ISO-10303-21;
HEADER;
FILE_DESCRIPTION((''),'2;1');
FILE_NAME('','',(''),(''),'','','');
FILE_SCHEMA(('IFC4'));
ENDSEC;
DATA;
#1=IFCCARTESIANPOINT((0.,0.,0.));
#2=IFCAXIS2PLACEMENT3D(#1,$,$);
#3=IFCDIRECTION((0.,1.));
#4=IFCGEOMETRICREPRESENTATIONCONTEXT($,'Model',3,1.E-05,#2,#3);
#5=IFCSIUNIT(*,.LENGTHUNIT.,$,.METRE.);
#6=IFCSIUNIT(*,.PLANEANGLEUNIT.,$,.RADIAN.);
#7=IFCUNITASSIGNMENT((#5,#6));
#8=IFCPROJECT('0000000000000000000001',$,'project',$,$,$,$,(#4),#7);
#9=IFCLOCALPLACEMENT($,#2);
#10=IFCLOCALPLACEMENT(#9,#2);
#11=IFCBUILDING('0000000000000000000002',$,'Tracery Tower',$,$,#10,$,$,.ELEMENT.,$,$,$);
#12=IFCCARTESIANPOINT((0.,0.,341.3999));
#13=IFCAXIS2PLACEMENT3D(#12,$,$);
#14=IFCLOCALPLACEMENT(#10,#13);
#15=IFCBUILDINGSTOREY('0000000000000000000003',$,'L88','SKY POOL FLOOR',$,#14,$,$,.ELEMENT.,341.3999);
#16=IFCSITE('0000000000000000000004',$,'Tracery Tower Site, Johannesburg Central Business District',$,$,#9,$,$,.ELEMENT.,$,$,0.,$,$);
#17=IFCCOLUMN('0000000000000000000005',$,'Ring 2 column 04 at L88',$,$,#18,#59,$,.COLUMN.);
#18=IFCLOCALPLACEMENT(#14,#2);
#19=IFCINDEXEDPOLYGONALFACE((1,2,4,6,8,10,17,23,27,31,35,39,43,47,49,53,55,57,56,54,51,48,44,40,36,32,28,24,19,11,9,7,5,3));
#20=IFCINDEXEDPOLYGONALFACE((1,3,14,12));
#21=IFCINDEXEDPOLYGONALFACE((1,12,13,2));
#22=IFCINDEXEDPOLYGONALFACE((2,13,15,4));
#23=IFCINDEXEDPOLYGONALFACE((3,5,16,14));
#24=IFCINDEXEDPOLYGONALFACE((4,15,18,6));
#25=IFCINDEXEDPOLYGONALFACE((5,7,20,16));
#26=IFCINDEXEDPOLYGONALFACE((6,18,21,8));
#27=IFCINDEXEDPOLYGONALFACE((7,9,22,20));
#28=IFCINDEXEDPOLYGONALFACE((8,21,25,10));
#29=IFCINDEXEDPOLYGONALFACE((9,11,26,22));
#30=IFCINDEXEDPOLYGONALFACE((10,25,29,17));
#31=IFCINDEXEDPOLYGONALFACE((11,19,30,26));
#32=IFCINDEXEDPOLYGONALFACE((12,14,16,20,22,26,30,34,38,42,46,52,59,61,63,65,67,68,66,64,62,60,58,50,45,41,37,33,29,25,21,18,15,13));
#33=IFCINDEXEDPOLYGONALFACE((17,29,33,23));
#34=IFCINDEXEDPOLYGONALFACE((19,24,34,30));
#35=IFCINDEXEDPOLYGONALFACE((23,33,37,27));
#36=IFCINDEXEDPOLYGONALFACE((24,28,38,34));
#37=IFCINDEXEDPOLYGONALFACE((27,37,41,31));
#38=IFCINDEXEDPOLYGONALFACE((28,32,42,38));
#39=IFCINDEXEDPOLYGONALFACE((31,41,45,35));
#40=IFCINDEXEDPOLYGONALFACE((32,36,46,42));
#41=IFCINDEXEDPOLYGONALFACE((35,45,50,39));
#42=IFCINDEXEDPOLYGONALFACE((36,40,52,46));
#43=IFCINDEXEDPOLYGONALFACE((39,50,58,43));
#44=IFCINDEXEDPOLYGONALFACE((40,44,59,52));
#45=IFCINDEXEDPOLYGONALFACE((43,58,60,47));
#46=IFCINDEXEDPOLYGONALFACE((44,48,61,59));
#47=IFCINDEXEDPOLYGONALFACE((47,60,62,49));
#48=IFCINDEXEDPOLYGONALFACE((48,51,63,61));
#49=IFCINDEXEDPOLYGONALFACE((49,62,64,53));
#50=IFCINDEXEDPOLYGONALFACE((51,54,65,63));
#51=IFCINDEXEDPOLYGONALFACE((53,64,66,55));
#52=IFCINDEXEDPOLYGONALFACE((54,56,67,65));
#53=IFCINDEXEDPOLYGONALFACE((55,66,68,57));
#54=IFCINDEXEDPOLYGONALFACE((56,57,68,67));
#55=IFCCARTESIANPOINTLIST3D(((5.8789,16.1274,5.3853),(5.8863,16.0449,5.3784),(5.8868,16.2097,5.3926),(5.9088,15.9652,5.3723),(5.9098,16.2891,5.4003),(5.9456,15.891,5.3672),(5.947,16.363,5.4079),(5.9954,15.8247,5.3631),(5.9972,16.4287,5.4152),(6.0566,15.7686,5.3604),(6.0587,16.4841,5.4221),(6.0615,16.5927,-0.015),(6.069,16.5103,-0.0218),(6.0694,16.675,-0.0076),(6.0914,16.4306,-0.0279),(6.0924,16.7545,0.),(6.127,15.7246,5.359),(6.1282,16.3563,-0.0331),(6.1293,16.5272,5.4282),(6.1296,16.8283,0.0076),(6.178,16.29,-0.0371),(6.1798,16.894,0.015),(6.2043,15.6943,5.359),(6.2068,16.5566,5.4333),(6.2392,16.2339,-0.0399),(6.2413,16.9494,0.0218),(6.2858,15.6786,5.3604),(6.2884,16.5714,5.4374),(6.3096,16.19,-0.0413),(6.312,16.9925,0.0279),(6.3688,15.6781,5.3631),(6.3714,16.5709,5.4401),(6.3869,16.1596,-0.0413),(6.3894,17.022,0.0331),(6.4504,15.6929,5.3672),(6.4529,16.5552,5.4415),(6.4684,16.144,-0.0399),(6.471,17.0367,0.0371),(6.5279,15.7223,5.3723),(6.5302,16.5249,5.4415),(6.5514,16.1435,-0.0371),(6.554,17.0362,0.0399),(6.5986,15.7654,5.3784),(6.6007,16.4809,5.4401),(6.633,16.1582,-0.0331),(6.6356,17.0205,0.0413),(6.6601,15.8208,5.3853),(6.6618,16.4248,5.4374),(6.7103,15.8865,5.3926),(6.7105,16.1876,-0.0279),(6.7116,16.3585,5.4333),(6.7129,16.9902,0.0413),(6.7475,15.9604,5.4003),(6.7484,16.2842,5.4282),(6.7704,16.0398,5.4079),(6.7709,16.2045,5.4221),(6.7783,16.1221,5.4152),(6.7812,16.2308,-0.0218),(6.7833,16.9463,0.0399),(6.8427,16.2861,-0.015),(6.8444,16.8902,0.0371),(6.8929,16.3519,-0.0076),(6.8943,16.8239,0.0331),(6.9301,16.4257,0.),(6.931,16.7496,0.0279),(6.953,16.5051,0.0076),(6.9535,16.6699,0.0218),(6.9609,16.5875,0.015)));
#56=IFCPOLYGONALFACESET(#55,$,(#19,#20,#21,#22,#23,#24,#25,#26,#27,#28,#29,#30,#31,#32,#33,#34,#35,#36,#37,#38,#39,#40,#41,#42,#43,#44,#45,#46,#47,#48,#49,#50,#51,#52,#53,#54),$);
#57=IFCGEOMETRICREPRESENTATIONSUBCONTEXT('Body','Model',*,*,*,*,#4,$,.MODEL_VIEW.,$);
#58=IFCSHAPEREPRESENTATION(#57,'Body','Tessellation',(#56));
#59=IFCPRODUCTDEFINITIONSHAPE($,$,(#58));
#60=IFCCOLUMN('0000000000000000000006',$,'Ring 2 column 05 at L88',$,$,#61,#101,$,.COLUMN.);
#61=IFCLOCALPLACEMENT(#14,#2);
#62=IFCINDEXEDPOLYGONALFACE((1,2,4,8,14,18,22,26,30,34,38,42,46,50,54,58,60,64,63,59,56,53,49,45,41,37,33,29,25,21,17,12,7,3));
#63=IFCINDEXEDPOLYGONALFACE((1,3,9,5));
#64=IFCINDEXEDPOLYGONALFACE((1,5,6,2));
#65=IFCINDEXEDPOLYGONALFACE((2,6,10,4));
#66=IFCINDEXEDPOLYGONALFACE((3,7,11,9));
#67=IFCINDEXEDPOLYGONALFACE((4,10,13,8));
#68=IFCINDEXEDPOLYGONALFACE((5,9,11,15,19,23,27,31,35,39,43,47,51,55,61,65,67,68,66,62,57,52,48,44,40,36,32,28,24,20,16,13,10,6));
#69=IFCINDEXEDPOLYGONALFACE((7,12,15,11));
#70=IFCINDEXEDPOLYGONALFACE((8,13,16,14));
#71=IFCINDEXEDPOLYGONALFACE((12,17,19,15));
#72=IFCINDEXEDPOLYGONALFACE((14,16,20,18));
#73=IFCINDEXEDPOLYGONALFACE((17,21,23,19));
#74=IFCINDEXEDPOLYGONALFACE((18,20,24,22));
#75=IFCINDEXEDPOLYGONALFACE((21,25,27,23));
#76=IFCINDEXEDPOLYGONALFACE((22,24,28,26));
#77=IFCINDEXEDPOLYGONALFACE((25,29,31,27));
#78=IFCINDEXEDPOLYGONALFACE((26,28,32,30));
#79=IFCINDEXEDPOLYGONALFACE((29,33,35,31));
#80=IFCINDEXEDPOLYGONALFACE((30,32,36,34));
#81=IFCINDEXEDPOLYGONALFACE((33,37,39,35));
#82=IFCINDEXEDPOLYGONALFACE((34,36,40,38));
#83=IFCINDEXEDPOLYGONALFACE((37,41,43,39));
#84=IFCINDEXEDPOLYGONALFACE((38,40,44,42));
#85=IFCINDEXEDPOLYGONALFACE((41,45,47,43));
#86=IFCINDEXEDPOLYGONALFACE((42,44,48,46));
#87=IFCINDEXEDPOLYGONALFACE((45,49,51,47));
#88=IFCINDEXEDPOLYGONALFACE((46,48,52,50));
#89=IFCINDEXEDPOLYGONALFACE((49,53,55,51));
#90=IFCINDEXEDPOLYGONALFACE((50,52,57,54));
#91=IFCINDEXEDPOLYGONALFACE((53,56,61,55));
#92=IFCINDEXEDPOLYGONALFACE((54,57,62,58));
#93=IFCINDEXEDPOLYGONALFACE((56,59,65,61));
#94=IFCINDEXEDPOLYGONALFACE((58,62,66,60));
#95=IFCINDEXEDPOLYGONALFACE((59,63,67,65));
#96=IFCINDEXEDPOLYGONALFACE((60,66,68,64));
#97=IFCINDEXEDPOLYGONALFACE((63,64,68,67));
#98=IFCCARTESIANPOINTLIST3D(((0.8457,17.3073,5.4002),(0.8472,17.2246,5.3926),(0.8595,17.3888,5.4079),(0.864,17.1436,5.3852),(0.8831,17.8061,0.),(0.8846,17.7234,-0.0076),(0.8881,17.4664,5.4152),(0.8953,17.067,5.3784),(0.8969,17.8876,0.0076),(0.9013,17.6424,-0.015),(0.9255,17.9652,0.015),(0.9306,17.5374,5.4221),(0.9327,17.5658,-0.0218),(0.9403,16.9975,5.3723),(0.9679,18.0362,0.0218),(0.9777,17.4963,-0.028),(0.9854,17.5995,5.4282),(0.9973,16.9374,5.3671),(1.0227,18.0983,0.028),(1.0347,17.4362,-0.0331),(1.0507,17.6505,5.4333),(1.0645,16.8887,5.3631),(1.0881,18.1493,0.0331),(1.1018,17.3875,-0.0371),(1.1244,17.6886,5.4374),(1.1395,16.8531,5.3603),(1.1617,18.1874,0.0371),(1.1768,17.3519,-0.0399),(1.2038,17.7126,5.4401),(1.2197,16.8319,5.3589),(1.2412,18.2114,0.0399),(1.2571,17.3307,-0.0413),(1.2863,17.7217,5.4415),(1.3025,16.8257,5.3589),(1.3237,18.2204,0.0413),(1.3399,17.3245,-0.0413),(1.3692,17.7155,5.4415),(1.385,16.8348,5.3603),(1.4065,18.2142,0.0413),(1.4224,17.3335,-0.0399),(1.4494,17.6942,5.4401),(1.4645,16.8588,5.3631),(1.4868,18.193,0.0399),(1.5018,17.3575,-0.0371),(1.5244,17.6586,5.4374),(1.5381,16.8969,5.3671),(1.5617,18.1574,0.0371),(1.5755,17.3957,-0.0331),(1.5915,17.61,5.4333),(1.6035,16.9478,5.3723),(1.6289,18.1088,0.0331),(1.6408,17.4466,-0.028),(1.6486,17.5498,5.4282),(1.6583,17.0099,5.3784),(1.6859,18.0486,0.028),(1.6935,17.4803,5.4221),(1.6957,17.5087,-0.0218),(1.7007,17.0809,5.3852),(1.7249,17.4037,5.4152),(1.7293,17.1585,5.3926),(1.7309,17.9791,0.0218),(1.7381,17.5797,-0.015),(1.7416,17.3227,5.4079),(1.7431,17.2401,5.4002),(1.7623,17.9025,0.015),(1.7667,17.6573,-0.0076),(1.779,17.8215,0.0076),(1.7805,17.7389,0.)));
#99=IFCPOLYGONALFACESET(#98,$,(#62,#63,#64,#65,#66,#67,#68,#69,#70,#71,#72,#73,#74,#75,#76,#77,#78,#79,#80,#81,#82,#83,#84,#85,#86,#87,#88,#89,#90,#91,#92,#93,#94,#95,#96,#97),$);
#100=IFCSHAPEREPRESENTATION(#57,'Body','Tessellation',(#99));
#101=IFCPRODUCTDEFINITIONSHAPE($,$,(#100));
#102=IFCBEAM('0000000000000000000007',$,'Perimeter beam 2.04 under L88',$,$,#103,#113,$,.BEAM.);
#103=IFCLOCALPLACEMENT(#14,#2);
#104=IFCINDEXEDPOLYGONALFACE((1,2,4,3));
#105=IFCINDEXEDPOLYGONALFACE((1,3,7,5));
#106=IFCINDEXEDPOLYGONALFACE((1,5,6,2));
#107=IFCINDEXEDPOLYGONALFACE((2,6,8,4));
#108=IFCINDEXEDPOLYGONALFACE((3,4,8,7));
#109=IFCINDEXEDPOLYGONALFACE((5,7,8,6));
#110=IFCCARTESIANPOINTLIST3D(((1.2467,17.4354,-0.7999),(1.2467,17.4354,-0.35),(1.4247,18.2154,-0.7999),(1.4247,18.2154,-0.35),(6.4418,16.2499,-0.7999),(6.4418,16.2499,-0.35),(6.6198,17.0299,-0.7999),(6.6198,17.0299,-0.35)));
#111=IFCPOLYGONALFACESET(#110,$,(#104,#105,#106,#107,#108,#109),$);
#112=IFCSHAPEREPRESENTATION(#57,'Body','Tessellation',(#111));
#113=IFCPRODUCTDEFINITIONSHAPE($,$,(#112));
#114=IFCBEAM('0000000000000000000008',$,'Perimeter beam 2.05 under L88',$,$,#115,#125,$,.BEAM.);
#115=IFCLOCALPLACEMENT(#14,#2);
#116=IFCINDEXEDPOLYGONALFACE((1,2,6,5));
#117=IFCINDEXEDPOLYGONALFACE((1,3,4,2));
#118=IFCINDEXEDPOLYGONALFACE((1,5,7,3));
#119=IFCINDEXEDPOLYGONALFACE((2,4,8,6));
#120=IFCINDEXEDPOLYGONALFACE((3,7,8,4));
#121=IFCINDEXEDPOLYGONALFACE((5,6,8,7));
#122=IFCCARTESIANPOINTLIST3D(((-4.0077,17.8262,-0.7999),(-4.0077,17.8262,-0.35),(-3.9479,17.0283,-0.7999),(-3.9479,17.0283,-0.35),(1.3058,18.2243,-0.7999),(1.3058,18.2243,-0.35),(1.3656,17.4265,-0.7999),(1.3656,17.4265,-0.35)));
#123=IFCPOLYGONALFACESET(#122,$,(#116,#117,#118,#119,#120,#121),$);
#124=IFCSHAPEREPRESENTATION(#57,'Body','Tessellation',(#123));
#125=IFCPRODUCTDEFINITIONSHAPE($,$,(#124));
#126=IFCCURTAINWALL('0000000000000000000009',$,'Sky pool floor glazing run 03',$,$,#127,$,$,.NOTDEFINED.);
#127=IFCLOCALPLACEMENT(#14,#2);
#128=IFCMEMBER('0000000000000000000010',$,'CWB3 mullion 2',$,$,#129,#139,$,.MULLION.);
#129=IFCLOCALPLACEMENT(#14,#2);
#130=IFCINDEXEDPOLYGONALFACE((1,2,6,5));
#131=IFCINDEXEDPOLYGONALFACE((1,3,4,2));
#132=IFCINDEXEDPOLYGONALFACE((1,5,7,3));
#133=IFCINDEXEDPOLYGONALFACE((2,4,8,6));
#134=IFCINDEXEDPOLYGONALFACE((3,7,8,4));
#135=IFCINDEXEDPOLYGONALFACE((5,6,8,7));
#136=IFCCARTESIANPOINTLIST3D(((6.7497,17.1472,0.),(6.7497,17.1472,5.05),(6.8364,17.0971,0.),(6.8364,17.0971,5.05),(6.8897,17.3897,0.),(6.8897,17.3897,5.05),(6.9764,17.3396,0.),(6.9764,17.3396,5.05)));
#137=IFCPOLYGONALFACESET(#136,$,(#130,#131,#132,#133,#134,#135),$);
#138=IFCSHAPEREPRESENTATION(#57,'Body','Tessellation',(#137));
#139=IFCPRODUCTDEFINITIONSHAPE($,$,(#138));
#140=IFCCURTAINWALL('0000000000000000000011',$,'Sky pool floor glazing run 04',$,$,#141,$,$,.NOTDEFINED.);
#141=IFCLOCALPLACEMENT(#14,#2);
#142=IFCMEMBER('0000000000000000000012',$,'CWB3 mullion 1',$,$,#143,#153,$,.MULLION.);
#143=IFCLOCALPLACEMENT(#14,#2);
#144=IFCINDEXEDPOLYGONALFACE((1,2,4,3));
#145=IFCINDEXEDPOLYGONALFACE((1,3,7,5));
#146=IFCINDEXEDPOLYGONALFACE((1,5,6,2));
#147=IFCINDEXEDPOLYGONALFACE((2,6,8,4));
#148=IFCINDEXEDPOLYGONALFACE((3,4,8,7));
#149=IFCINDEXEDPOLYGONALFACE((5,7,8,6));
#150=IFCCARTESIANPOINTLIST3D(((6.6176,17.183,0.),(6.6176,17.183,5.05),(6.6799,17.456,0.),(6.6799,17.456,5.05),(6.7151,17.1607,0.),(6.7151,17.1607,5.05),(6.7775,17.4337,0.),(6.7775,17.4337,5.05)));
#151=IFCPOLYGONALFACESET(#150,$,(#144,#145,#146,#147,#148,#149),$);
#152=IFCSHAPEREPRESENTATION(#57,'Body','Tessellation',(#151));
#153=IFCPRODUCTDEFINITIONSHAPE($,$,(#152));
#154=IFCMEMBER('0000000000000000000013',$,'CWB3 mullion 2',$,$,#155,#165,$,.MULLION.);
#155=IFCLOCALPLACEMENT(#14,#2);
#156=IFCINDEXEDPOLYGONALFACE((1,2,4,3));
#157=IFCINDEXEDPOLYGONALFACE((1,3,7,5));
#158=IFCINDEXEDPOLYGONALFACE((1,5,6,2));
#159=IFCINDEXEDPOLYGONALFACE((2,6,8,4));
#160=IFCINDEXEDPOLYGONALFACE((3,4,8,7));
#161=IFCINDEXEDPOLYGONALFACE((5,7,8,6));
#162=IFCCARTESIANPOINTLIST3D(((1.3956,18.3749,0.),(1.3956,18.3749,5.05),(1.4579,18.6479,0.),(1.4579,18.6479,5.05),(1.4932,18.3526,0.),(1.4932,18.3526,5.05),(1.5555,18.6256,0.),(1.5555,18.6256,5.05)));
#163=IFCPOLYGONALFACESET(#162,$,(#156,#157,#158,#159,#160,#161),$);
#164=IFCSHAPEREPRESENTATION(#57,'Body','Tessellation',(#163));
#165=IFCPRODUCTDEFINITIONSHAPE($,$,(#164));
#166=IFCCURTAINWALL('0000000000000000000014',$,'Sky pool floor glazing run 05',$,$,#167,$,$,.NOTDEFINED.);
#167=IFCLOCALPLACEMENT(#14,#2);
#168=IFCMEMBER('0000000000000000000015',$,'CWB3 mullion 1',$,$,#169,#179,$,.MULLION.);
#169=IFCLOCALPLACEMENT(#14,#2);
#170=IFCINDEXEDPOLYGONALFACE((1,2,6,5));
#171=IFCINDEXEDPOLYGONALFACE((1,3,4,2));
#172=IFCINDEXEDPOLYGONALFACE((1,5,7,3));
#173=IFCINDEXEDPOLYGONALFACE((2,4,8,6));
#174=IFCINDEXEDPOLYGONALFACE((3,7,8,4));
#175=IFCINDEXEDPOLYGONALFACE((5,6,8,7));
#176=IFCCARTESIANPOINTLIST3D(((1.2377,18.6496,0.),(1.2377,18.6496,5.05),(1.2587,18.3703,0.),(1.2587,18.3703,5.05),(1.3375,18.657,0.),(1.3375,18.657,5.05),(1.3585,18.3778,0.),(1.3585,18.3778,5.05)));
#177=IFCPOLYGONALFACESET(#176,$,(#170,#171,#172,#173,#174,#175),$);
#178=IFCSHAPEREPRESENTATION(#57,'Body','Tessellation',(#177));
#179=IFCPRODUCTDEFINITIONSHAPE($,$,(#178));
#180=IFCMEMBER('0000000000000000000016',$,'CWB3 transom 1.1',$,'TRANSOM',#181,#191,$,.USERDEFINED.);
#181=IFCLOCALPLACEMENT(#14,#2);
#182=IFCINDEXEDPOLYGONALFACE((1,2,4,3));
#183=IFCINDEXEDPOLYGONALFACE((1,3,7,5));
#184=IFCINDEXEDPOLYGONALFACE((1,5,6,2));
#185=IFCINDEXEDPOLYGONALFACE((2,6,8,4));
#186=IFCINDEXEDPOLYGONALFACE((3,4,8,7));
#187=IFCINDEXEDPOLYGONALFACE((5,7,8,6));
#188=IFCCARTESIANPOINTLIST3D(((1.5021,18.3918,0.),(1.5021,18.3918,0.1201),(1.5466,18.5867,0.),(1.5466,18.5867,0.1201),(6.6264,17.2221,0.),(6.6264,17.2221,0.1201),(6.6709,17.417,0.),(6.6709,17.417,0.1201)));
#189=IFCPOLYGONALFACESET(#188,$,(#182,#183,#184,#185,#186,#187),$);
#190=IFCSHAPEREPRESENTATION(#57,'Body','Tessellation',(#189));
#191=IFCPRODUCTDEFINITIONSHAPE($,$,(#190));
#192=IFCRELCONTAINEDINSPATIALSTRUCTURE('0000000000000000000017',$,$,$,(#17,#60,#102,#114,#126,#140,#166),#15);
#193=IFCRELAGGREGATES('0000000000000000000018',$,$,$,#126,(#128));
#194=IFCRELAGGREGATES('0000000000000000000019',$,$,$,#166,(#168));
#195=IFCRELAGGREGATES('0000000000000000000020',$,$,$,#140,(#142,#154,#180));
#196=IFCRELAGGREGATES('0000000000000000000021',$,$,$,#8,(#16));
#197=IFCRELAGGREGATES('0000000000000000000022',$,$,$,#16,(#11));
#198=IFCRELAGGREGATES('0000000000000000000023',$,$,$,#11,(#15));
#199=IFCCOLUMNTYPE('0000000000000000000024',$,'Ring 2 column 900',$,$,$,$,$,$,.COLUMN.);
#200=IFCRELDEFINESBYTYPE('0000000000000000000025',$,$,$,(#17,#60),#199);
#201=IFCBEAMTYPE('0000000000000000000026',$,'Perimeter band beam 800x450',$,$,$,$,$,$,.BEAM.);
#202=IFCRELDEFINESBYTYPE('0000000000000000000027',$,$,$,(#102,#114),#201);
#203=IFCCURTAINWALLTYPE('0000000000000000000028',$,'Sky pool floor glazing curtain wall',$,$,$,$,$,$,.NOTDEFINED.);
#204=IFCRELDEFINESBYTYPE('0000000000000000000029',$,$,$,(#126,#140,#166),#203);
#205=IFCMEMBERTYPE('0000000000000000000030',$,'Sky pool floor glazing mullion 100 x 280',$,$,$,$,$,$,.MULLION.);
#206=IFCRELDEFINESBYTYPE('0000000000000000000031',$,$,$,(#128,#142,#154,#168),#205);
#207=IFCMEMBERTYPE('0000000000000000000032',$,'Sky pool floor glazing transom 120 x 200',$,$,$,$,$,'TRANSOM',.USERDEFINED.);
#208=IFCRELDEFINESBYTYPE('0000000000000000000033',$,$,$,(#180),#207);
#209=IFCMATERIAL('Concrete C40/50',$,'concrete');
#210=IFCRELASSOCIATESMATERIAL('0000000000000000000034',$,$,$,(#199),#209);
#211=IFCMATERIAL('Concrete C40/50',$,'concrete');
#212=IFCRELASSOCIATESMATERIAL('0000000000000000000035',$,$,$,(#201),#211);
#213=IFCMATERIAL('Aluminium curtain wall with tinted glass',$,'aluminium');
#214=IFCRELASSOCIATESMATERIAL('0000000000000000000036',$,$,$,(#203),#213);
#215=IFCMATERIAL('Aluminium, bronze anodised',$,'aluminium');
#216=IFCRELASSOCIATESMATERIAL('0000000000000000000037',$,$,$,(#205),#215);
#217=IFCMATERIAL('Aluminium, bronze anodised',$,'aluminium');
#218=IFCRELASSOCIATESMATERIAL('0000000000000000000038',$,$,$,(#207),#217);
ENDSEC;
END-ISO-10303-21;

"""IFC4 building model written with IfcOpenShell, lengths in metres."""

from ifc_helpers import new_model, si_unit, direction, frame, origin, origin_2d, place, context, subcontext, project, spatial, rectangle, circle, extrude, material, material_profile, profile_set, type_object, element, aggregate, save


model = new_model("IFC4")

# Units and contexts
model_context = context("Model", 3, precision=1e-05, world=origin(), true_north=direction((0.0, 1.0)))
body_context = subcontext(model_context, "Body", "Model", "MODEL_VIEW")
ifc_project = project(units=[si_unit("LENGTHUNIT", "METRE"), si_unit("PLANEANGLEUNIT", "RADIAN")], contexts=[model_context])

# Site, building, storey
site_placement = place(None, origin())
site = spatial("IfcSite", under=ifc_project, at=site_placement, Name="Tracery Tower Site, Johannesburg Central Business District", CompositionType="ELEMENT", RefElevation=0.0)
building_placement = place(site_placement, origin())
building = spatial("IfcBuilding", under=site, at=building_placement, Name="Tracery Tower", CompositionType="ELEMENT")
storey_placement = place(building_placement, frame((0.0, 0.0, 341.3999)))
storey = spatial("IfcBuildingStorey", under=building, at=storey_placement, Name="L88", Description="SKY POOL FLOOR", CompositionType="ELEMENT", Elevation=341.3999)

# Columns
ifc_material_1 = material(Name="Concrete C40/50", Category="concrete")
ifc_material_profile_1 = material_profile(ifc_material_1, circle(Radius=0.45, at=origin_2d()), Name="RC D900")
ifc_profile_set_1 = profile_set([ifc_material_profile_1], Name="Concrete C40/50")
column_type = type_object("IfcColumnType", Name="Ring 2 column 900", PredefinedType="COLUMN", material=ifc_profile_set_1)
for number, where, z_axis, x_axis, name in (
    (1, (6.5112, 16.5901, 0.0), (-0.033673, -0.085803, 0.995743), (0.930882, -0.36532, 0.0), "Ring 2 column 04 at L88"),
    (2, (1.3318, 17.7725, 0.0), (-0.006888, -0.09197, 0.995738), (0.997207, -0.074681, 0.0), "Ring 2 column 05 at L88"),
):
    element("IfcColumn", number, at=place(storey_placement, frame(where, z_axis=z_axis, x_axis=x_axis)), inside=storey, type_object=column_type, Name=name, PredefinedType="COLUMN", context=body_context, shape_type="SweptSolid", body=[
        extrude(circle(Radius=0.45, at=origin_2d()), origin(), (0.0, 0.0, 1.0), 5.4233),
    ])

# Beams
ifc_material_2 = material(Name="Concrete C40/50", Category="concrete")
ifc_material_profile_2 = material_profile(ifc_material_2, rectangle(XDim=0.8, YDim=0.45, at=origin_2d()), Name="RC 800x450")
ifc_profile_set_2 = profile_set([ifc_material_profile_2], Name="Concrete C40/50")
beam_type = type_object("IfcBeamType", Name="Perimeter band beam 800x450", PredefinedType="BEAM", material=ifc_profile_set_2)
beam_1_placement = place(storey_placement, frame((6.5308, 16.6399, -0.575), z_axis=(-0.974936, 0.222486, 0.0), x_axis=(-0.222486, -0.974936, 0.0)))
element("IfcBeam", 3, at=beam_1_placement, inside=storey, type_object=beam_type, Name="Perimeter beam 2.04 under L88", PredefinedType="BEAM", context=body_context, shape_type="SweptSolid", body=[
    extrude(rectangle(XDim=0.8, YDim=0.45, at=origin_2d()), origin(), (0.0, 0.0, 1.0), 5.3286),
])
beam_2_placement = place(storey_placement, frame((1.3357, 17.8254, -0.575), z_axis=(-0.997204, -0.074731, 0.0), x_axis=(0.074731, -0.997204, 0.0)))
element("IfcBeam", 4, at=beam_2_placement, inside=storey, type_object=beam_type, Name="Perimeter beam 2.05 under L88", PredefinedType="BEAM", context=body_context, shape_type="SweptSolid", body=[
    extrude(rectangle(XDim=0.8, YDim=0.45, at=origin_2d()), origin(), (0.0, 0.0, 1.0), 5.3284),
])

# Curtain wall, member
ifc_material_3 = material(Name="Aluminium curtain wall with tinted glass", Category="aluminium")
curtain_wall_type = type_object("IfcCurtainWallType", Name="Sky pool floor glazing curtain wall", PredefinedType="NOTDEFINED", material=ifc_material_3)
curtain_wall_1_placement = place(storey_placement, origin())
curtain_wall_1 = element("IfcCurtainWall", 5, at=curtain_wall_1_placement, inside=storey, type_object=curtain_wall_type, Name="Sky pool floor glazing run 03", PredefinedType="NOTDEFINED")
ifc_material_4 = material(Name="Aluminium, bronze anodised", Category="aluminium")
ifc_material_profile_3 = material_profile(ifc_material_4, rectangle(XDim=0.28, YDim=0.1001, at=origin_2d()), Name="Sky pool floor glazing mullion 100 x 280")
ifc_profile_set_3 = profile_set([ifc_material_profile_3], Name="Aluminium, bronze anodised")
member_type_1 = type_object("IfcMemberType", Name="Sky pool floor glazing mullion 100 x 280", PredefinedType="MULLION", material=ifc_profile_set_3)
member_1_placement = place(storey_placement, frame((6.863, 17.2434, 0.0), z_axis=(0.0, 0.0, 1.0), x_axis=(-0.500009, -0.86602, 0.0)))
member_1 = element("IfcMember", 6, at=member_1_placement, type_object=member_type_1, Name="CWB3 mullion 2", PredefinedType="MULLION", context=body_context, shape_type="SweptSolid", body=[
    extrude(rectangle(XDim=0.28, YDim=0.1001, at=origin_2d()), origin(), (0.0, 0.0, 1.0), 5.05),
])
aggregate(curtain_wall_1, [member_1])

# Curtain wall, members
curtain_wall_2_placement = place(storey_placement, origin())
curtain_wall_2 = element("IfcCurtainWall", 7, at=curtain_wall_2_placement, inside=storey, type_object=curtain_wall_type, Name="Sky pool floor glazing run 04", PredefinedType="NOTDEFINED")
member_2_placement = place(storey_placement, frame((6.6975, 17.3083, 0.0), z_axis=(0.0, 0.0, 1.0), x_axis=(-0.222522, -0.974928, 0.0)))
member_2 = element("IfcMember", 8, at=member_2_placement, type_object=member_type_1, Name="CWB3 mullion 1", PredefinedType="MULLION", context=body_context, shape_type="SweptSolid", body=[
    extrude(rectangle(XDim=0.28, YDim=0.1001, at=origin_2d()), origin(), (0.0, 0.0, 1.0), 5.05),
])
member_3_placement = place(storey_placement, frame((1.4756, 18.5002, 0.0), z_axis=(0.0, 0.0, 1.0), x_axis=(-0.222522, -0.974928, 0.0)))
member_3 = element("IfcMember", 9, at=member_3_placement, type_object=member_type_1, Name="CWB3 mullion 2", PredefinedType="MULLION", context=body_context, shape_type="SweptSolid", body=[
    extrude(rectangle(XDim=0.28, YDim=0.1001, at=origin_2d()), origin(), (0.0, 0.0, 1.0), 5.05),
])

# Curtain wall, member
curtain_wall_3_placement = place(storey_placement, origin())
curtain_wall_3 = element("IfcCurtainWall", 10, at=curtain_wall_3_placement, inside=storey, type_object=curtain_wall_type, Name="Sky pool floor glazing run 05", PredefinedType="NOTDEFINED")
member_4_placement = place(storey_placement, frame((1.2981, 18.5137, 0.0), z_axis=(0.0, 0.0, 1.0), x_axis=(0.074743, -0.997203, 0.0)))
member_4 = element("IfcMember", 11, at=member_4_placement, type_object=member_type_1, Name="CWB3 mullion 1", PredefinedType="MULLION", context=body_context, shape_type="SweptSolid", body=[
    extrude(rectangle(XDim=0.28, YDim=0.1001, at=origin_2d()), origin(), (0.0, 0.0, 1.0), 5.05),
])

# Member
ifc_material_5 = material(Name="Aluminium, bronze anodised", Category="aluminium")
ifc_material_profile_4 = material_profile(ifc_material_5, rectangle(XDim=0.2, YDim=0.1201, at=origin_2d()), Name="Sky pool floor glazing transom 120 x 200")
ifc_profile_set_4 = profile_set([ifc_material_profile_4], Name="Aluminium, bronze anodised")
member_type_2 = type_object("IfcMemberType", Name="Sky pool floor glazing transom 120 x 200", ElementType="TRANSOM", PredefinedType="USERDEFINED", material=ifc_profile_set_4)
member_5_placement = place(storey_placement, frame((6.6487, 17.3196, 0.0601), z_axis=(-0.974924, 0.222538, 0.0), x_axis=(-0.222538, -0.974924, 0.0)))
member_5 = element("IfcMember", 12, at=member_5_placement, type_object=member_type_2, Name="CWB3 transom 1.1", ObjectType="TRANSOM", PredefinedType="USERDEFINED", context=body_context, shape_type="SweptSolid", body=[
    extrude(rectangle(XDim=0.2, YDim=0.1201, at=origin_2d()), origin(), (0.0, 0.0, 1.0), 5.2561),
])
aggregate(curtain_wall_3, [member_4])

aggregate(curtain_wall_2, [member_2, member_3, member_5])

save(model, "model.ifc")
